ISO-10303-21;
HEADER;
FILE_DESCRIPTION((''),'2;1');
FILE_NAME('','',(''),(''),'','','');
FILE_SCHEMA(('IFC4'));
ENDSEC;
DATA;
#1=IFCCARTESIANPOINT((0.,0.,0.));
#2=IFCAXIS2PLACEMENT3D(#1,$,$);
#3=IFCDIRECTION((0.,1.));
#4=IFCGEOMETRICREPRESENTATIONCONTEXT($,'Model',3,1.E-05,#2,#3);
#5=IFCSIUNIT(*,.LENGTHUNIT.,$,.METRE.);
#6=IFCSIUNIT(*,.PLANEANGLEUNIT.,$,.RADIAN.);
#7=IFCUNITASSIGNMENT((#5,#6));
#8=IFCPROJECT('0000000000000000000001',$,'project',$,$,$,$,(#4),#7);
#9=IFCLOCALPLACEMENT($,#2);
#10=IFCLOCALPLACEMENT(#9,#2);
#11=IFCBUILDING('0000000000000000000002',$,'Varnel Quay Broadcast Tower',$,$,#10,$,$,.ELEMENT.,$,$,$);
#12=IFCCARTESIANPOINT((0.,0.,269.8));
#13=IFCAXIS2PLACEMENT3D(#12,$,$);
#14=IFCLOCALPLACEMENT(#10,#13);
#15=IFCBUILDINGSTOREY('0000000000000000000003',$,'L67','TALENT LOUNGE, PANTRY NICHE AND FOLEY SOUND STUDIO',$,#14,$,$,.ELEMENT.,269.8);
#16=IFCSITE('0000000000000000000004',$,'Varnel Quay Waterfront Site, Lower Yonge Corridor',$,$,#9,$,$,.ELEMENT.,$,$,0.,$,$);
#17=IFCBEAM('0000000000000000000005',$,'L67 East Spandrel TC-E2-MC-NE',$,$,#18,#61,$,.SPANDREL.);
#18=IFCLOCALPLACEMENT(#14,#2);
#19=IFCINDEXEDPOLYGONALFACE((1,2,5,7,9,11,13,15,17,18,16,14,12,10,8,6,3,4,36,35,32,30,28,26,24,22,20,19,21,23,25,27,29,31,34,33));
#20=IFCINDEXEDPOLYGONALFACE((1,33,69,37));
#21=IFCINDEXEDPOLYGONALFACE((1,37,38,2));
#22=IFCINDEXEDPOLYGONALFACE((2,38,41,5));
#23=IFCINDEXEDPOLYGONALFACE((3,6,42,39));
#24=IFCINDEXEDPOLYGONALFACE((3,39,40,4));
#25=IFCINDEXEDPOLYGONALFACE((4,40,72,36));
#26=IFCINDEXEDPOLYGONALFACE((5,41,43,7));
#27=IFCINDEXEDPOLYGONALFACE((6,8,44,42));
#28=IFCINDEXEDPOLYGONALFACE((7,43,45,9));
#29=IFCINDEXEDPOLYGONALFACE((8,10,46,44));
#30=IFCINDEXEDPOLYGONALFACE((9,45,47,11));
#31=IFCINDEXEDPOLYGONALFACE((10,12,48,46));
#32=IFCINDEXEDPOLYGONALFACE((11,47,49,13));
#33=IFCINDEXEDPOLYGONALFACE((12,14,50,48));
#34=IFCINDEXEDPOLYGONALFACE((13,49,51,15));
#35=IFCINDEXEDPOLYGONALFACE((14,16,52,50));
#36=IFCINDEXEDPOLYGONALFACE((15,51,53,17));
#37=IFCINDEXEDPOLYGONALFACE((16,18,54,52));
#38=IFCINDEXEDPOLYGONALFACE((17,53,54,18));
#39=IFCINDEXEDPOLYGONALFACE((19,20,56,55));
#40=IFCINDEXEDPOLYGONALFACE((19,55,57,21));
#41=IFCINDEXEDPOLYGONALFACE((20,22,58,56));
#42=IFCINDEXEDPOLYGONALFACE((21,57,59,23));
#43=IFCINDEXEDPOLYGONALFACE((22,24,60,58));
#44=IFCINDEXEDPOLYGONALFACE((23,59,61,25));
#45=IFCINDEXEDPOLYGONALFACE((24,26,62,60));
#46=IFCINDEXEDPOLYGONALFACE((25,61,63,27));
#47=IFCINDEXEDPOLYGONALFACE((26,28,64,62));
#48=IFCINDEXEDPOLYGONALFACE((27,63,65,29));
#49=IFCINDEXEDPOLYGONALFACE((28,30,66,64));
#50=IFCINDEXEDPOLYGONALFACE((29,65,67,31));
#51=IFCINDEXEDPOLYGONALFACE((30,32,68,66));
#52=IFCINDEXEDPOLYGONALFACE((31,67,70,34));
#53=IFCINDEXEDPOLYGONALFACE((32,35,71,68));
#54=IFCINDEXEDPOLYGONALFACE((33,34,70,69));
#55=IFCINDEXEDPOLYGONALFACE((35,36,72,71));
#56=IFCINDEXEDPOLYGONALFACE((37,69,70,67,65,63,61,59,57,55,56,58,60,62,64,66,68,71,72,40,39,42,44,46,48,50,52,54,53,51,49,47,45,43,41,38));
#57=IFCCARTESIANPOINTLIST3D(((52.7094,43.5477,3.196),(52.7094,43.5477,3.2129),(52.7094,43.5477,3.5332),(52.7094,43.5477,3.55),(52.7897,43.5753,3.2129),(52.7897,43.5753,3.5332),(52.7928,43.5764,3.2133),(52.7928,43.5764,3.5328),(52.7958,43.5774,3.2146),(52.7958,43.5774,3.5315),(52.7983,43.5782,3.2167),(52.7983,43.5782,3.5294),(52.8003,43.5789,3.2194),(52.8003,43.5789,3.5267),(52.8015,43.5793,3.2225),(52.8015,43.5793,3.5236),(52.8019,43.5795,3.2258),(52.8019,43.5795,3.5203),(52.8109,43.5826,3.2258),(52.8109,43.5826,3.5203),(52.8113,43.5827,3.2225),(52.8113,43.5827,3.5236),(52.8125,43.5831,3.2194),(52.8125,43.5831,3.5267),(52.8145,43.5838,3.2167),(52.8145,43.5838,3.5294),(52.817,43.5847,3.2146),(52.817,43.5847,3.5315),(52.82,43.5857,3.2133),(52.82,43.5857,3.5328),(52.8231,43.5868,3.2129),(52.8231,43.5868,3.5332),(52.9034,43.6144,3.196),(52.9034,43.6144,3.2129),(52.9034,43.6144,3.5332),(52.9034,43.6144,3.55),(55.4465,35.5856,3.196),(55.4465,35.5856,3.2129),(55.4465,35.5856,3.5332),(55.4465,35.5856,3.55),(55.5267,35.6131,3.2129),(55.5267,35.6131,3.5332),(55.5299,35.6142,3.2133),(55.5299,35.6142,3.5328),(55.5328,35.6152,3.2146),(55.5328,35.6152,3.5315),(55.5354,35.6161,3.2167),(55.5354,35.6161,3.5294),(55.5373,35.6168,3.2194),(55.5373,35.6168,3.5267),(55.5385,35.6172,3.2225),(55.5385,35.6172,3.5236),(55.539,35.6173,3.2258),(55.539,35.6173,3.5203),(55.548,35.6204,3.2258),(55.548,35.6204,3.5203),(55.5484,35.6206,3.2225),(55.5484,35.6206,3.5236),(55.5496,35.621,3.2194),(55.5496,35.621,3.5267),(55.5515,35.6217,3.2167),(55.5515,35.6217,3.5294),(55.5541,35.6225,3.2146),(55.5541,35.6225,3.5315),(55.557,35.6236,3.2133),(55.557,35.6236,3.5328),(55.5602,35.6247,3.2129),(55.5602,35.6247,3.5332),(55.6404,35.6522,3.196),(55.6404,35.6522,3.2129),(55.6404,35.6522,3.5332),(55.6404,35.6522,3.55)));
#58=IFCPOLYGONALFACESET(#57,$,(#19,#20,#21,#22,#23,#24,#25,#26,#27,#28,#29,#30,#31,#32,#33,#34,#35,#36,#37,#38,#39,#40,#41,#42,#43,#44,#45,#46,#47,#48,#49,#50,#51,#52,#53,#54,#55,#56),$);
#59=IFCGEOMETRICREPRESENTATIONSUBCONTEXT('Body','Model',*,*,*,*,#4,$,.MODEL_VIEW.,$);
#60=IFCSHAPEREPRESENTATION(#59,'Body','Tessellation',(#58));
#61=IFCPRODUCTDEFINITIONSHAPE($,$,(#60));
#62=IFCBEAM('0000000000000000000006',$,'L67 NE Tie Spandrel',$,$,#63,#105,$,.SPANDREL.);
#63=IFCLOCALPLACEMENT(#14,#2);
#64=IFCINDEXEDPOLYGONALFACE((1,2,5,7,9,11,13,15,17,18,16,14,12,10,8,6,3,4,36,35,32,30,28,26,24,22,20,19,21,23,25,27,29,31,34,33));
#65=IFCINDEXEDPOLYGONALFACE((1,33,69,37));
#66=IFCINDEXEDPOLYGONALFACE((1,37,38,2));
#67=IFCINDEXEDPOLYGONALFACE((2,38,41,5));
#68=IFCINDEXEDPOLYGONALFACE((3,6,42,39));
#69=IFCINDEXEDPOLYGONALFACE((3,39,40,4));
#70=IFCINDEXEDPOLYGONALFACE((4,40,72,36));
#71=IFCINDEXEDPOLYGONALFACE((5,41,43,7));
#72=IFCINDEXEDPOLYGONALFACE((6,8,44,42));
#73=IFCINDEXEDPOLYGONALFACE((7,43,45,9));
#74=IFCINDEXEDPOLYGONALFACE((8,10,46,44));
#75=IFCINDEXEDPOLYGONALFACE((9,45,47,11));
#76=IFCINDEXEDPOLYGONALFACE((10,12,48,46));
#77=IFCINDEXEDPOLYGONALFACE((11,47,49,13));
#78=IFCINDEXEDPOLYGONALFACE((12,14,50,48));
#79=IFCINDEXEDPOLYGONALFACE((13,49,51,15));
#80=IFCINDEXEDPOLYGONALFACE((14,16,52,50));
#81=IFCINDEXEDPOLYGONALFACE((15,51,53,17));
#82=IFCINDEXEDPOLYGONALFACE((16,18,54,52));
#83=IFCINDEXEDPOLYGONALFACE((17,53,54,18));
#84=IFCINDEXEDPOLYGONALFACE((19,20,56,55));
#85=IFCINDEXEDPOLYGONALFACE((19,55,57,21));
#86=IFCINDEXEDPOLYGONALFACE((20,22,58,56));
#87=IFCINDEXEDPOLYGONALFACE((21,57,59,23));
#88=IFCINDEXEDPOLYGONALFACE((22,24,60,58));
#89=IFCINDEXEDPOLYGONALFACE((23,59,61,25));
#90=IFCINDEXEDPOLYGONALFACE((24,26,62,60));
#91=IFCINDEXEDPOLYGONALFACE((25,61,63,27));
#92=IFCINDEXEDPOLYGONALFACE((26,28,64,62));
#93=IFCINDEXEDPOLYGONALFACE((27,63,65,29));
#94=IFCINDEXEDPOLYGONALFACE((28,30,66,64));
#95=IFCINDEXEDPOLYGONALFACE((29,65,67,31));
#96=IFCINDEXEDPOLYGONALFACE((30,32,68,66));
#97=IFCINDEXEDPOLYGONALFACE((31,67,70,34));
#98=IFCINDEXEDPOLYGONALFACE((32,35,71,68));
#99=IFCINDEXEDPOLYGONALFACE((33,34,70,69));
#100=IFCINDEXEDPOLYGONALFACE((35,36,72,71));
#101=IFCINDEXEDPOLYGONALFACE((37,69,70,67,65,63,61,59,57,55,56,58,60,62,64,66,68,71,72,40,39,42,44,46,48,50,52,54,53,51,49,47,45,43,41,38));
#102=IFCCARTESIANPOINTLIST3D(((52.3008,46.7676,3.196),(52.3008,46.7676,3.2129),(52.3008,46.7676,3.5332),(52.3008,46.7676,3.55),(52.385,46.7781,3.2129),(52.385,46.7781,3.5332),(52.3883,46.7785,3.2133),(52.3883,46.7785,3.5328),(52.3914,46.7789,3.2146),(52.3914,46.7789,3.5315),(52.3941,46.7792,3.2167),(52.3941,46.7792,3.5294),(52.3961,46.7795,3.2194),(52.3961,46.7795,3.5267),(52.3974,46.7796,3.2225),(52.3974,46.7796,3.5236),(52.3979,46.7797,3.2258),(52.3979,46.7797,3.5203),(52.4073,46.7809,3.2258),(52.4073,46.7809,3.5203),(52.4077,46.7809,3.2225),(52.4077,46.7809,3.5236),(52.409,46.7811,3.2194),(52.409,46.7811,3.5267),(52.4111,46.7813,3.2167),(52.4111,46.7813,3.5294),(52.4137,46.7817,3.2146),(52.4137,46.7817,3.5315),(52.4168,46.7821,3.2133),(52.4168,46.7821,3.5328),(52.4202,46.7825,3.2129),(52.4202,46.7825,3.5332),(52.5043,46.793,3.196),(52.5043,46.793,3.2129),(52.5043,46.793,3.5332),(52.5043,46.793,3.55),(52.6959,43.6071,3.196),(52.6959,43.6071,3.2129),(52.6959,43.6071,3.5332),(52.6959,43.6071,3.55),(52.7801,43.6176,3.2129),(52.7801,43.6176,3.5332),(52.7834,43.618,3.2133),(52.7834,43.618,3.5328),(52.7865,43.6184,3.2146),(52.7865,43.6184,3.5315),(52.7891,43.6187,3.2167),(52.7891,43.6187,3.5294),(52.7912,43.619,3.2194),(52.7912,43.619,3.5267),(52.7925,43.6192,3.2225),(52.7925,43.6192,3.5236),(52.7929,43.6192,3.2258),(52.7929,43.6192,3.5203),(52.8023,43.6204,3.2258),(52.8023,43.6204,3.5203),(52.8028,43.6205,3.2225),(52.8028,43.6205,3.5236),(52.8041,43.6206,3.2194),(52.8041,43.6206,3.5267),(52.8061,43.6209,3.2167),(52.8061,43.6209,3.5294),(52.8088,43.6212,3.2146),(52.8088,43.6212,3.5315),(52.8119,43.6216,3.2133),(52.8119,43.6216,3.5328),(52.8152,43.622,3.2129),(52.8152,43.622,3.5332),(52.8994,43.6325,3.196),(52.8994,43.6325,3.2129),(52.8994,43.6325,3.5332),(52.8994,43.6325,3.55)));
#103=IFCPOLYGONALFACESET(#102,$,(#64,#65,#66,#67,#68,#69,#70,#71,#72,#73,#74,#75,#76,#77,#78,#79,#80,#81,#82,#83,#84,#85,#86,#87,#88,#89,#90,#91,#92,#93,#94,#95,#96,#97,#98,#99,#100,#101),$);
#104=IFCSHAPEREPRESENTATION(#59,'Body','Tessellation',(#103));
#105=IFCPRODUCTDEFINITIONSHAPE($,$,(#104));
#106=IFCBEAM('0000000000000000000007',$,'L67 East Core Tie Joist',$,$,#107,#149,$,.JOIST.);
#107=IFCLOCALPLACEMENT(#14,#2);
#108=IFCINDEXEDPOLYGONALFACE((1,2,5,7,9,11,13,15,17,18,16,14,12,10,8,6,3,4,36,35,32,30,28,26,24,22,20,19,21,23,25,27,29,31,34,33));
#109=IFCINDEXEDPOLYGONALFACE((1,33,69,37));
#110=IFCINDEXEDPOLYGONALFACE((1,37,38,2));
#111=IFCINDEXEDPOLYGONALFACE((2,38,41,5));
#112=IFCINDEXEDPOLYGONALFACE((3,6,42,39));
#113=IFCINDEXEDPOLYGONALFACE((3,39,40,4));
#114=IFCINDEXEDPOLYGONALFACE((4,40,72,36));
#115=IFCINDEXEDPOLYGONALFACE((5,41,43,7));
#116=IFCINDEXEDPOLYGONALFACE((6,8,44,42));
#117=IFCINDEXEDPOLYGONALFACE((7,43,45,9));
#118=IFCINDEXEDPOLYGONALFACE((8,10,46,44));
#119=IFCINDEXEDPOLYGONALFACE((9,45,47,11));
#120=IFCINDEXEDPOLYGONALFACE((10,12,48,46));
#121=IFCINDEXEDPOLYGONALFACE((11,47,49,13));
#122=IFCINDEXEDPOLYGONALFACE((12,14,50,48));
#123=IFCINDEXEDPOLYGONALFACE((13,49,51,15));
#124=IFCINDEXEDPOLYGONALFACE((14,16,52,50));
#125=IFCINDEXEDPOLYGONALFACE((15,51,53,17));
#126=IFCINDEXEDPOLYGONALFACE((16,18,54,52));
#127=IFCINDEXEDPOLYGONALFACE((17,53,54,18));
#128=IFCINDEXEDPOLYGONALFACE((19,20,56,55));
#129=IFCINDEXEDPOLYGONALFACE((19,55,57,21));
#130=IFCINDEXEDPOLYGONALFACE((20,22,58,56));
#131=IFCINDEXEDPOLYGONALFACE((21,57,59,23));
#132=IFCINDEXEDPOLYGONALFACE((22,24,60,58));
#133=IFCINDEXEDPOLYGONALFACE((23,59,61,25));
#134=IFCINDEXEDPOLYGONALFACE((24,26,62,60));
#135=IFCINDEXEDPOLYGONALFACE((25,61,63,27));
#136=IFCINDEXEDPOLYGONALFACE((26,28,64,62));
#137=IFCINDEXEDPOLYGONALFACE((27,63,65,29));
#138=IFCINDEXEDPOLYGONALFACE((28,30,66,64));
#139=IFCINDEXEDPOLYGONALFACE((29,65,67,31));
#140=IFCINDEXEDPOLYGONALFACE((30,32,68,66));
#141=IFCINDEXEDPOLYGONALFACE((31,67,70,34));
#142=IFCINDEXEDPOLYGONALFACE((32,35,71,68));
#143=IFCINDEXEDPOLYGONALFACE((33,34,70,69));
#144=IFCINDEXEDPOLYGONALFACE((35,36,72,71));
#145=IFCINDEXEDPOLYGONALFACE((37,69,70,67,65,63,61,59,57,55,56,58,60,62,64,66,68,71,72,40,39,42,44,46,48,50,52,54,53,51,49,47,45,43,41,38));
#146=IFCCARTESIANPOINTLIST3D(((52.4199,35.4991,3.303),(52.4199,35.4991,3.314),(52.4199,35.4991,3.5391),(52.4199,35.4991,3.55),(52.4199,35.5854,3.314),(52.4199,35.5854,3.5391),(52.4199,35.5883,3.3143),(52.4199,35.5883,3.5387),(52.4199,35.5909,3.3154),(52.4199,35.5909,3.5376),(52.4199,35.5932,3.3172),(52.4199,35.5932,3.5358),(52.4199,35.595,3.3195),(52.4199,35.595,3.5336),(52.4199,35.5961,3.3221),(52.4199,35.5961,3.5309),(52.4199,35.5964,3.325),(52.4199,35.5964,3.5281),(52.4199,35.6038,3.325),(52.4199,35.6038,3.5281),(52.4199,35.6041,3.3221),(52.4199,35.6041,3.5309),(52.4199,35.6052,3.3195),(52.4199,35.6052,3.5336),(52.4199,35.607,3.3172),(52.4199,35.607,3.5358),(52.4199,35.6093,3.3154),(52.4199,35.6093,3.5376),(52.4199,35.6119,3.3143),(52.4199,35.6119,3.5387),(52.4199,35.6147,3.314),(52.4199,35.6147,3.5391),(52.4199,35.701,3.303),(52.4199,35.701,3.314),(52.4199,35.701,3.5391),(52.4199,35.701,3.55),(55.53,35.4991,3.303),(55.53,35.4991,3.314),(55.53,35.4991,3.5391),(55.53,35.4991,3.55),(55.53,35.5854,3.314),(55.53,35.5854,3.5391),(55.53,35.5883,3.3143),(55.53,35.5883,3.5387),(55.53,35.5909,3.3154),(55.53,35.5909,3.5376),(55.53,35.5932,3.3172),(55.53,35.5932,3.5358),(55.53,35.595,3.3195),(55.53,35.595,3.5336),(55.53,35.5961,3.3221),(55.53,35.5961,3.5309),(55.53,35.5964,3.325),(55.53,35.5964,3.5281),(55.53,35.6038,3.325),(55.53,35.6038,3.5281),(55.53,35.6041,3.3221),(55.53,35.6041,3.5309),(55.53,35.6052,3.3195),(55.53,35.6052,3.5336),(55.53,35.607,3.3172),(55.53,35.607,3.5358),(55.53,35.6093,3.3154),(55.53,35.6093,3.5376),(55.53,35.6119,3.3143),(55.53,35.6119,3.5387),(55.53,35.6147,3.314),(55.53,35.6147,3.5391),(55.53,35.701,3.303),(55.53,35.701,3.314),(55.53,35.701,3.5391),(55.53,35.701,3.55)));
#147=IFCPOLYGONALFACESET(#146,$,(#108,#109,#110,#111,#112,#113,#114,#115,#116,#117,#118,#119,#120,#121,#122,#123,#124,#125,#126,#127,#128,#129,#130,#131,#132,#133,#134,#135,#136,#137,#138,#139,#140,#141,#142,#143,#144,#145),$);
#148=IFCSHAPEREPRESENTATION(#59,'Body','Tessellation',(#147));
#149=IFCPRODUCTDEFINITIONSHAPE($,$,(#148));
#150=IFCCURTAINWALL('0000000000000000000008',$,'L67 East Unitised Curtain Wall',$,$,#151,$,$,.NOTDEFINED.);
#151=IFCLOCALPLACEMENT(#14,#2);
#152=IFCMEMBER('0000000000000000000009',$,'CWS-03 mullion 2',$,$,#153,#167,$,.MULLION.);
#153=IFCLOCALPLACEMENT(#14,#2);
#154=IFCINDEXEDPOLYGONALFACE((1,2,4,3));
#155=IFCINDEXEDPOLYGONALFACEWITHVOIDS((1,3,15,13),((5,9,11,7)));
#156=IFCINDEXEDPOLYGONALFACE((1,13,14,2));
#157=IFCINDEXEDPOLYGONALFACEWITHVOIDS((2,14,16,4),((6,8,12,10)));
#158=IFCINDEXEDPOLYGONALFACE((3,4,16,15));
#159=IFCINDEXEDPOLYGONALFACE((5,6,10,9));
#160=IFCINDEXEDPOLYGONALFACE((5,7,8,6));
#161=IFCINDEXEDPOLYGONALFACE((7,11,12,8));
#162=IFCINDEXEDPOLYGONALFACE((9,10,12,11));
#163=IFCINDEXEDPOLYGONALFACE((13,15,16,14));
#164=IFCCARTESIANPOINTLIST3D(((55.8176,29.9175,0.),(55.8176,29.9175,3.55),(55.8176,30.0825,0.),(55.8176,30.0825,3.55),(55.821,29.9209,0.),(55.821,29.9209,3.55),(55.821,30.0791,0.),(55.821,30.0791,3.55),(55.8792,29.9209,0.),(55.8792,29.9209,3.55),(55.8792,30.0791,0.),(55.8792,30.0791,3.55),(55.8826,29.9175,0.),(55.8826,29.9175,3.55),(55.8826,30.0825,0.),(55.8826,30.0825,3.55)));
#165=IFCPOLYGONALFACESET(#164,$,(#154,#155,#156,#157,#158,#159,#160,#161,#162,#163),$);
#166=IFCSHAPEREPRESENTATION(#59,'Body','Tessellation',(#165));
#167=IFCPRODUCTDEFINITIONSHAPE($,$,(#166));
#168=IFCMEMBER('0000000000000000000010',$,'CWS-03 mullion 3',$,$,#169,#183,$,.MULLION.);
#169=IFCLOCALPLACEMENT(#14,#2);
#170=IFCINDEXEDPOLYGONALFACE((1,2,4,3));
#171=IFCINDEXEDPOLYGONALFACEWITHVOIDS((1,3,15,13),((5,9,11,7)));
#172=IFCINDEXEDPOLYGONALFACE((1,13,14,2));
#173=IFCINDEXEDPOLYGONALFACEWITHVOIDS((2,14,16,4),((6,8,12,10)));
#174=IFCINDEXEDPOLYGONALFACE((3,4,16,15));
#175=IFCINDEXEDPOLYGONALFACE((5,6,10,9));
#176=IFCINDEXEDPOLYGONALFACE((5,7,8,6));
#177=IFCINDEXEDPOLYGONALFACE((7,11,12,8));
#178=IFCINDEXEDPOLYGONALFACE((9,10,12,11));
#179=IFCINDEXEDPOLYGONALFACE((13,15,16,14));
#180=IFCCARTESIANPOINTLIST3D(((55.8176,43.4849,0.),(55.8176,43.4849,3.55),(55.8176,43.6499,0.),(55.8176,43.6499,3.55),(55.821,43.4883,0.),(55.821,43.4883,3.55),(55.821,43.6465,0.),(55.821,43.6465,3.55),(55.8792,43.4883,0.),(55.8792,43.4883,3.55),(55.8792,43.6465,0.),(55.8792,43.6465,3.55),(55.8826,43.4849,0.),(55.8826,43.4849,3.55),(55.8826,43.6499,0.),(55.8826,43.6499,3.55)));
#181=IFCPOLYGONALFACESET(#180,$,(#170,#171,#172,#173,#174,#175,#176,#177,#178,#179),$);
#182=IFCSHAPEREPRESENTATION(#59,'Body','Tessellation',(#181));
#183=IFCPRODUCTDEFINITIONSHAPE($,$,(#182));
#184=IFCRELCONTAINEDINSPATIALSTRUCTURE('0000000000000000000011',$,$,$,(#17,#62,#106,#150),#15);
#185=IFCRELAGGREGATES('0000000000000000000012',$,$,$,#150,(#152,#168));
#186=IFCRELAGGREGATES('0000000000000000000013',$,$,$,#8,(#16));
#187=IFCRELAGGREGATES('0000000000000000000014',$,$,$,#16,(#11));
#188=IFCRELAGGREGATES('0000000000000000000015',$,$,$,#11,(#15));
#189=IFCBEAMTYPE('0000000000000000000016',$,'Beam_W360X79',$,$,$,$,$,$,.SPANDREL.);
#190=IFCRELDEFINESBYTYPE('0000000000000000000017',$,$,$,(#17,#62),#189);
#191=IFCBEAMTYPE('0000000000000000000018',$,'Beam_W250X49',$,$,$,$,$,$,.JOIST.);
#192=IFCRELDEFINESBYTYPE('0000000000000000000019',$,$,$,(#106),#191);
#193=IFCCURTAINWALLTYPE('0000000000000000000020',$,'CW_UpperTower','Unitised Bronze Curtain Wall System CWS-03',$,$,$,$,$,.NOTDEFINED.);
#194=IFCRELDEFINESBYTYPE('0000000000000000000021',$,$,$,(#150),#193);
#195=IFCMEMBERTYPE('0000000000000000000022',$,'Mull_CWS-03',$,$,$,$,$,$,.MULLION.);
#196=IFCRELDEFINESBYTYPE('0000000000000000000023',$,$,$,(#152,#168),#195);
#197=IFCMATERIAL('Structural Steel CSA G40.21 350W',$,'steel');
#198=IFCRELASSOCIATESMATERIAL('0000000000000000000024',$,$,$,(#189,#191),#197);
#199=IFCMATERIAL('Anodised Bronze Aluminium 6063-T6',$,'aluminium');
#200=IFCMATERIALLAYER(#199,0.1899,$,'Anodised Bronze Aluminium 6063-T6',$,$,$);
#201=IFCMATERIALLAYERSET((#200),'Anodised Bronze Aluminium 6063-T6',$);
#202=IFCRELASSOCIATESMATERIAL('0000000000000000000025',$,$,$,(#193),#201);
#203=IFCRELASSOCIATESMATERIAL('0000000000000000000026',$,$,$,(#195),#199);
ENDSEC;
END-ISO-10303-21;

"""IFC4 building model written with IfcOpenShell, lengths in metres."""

from ifc_helpers import new_model, si_unit, direction, frame, origin, origin_2d, place, context, subcontext, project, spatial, hollow_rectangle, i_section, extrude, source, transform, mapped, material, layer, layer_set, material_profile, profile_set, type_object, type_shapes, element, aggregate, save


model = new_model("IFC4")

# Units and contexts
model_context = context("Model", 3, precision=1e-05, world=origin(), true_north=direction((0.0, 1.0)))
body_context = subcontext(model_context, "Body", "Model", "MODEL_VIEW")
ifc_project = project(units=[si_unit("LENGTHUNIT", "METRE"), si_unit("PLANEANGLEUNIT", "RADIAN")], contexts=[model_context])

# Site, building, storey
site_placement = place(None, origin())
site = spatial("IfcSite", under=ifc_project, at=site_placement, Name="Varnel Quay Waterfront Site, Lower Yonge Corridor", CompositionType="ELEMENT", RefElevation=0.0)
building_placement = place(site_placement, origin())
building = spatial("IfcBuilding", under=site, at=building_placement, Name="Varnel Quay Broadcast Tower", CompositionType="ELEMENT")
storey_placement = place(building_placement, frame((0.0, 0.0, 269.8)))
storey = spatial("IfcBuildingStorey", under=building, at=storey_placement, Name="L67", Description="TALENT LOUNGE, PANTRY NICHE AND FOLEY SOUND STUDIO", CompositionType="ELEMENT", Elevation=269.8)

# Shared definitions
ifc_material_1 = material(Name="Structural Steel CSA G40.21 350W", Category="steel")

# Beams
ifc_material_profile_1 = material_profile(ifc_material_1, i_section(OverallWidth=0.2051, OverallDepth=0.354, WebThickness=0.0095, FlangeThickness=0.0168, FilletRadius=0.0129, at=origin_2d()), Name="W360X79")
ifc_profile_set_1 = profile_set([ifc_material_profile_1], Name="Structural Steel CSA G40.21 350W")
beam_type_1 = type_object("IfcBeamType", Name="Beam_W360X79", PredefinedType="SPANDREL", material=ifc_profile_set_1)
shared_shape_1 = source(origin(), body_context, "Body", "SweptSolid", [
    extrude(i_section(OverallWidth=0.2051, OverallDepth=0.354, WebThickness=0.0095, FlangeThickness=0.0168, FilletRadius=0.0129, at=origin_2d()), origin(), (0.0, 0.0, 1.0), 8.4194),
])
beam_1_placement = place(storey_placement, frame((55.5435, 35.6189, 3.373), z_axis=(-0.325087, 0.945684, 0.0), x_axis=(-0.945684, -0.325087, 0.0)))
element("IfcBeam", 1, at=beam_1_placement, inside=storey, type_object=beam_type_1, Name="L67 East Spandrel TC-E2-MC-NE", PredefinedType="SPANDREL", context=body_context, shape_type="MappedRepresentation", body=[
    mapped(shared_shape_1, transform((0.0, 0.0, 0.0), x_axis=(1.0, 0.0, 0.0), y_axis=(0.0, 1.0, 0.0), z_axis=(0.0, 0.0, 1.0), scale=1.0)),
])
shared_shape_2 = source(origin(), body_context, "Body", "SweptSolid", [
    extrude(i_section(OverallWidth=0.2051, OverallDepth=0.354, WebThickness=0.0095, FlangeThickness=0.0168, FilletRadius=0.0129, at=origin_2d()), origin(), (0.0, 0.0, 1.0), 3.1851),
])
type_shapes(beam_type_1, [shared_shape_1, shared_shape_2])
beam_2_placement = place(storey_placement, frame((52.4026, 46.7803, 3.373), z_axis=(0.124025, -0.992279, 0.0), x_axis=(0.992279, 0.124025, 0.0)))
element("IfcBeam", 2, at=beam_2_placement, inside=storey, type_object=beam_type_1, Name="L67 NE Tie Spandrel", PredefinedType="SPANDREL", context=body_context, shape_type="MappedRepresentation", body=[
    mapped(shared_shape_2, transform((0.0, 0.0, 0.0), x_axis=(1.0, 0.0, 0.0), y_axis=(0.0, 1.0, 0.0), z_axis=(0.0, 0.0, 1.0), scale=1.0)),
])
ifc_material_profile_2 = material_profile(ifc_material_1, i_section(OverallWidth=0.2019, OverallDepth=0.2471, WebThickness=0.0073, FlangeThickness=0.011, FilletRadius=0.011, at=origin_2d()), Name="W250X49")
ifc_profile_set_2 = profile_set([ifc_material_profile_2], Name="Structural Steel CSA G40.21 350W")
beam_type_2 = type_object("IfcBeamType", Name="Beam_W250X49", PredefinedType="JOIST", material=ifc_profile_set_2)
shared_shape_3 = source(origin(), body_context, "Body", "SweptSolid", [
    extrude(i_section(OverallWidth=0.2019, OverallDepth=0.2471, WebThickness=0.0073, FlangeThickness=0.011, FilletRadius=0.011, at=origin_2d()), origin(), (0.0, 0.0, 1.0), 3.1101),
])
type_shapes(beam_type_2, [shared_shape_3])
beam_3_placement = place(storey_placement, frame((52.4199, 35.6001, 3.4265), z_axis=(1.0, 0.0, 0.0), x_axis=(0.0, 1.0, 0.0)))
element("IfcBeam", 3, at=beam_3_placement, inside=storey, type_object=beam_type_2, Name="L67 East Core Tie Joist", PredefinedType="JOIST", context=body_context, shape_type="MappedRepresentation", body=[
    mapped(shared_shape_3, transform((0.0, 0.0, 0.0), x_axis=(1.0, 0.0, 0.0), y_axis=(0.0, 1.0, 0.0), z_axis=(0.0, 0.0, 1.0), scale=1.0)),
])

# Curtain wall, members
ifc_material_2 = material(Name="Anodised Bronze Aluminium 6063-T6", Category="aluminium")
ifc_layer_1 = layer(ifc_material_2, 0.1899, Name="Anodised Bronze Aluminium 6063-T6")
ifc_layer_set_1 = layer_set([ifc_layer_1], Name="Anodised Bronze Aluminium 6063-T6")
curtain_wall_type = type_object("IfcCurtainWallType", Name="CW_UpperTower", Description="Unitised Bronze Curtain Wall System CWS-03", PredefinedType="NOTDEFINED", material=ifc_layer_set_1)
curtain_wall_placement = place(storey_placement, origin())
curtain_wall = element("IfcCurtainWall", 4, at=curtain_wall_placement, inside=storey, type_object=curtain_wall_type, Name="L67 East Unitised Curtain Wall", PredefinedType="NOTDEFINED")
ifc_material_profile_3 = material_profile(ifc_material_2, hollow_rectangle(XDim=0.0649, YDim=0.165, WallThickness=0.0034, at=origin_2d()), Name="ALU65X165X3.5")
ifc_profile_set_3 = profile_set([ifc_material_profile_3], Name="Anodised Bronze Aluminium 6063-T6")
member_type_1 = type_object("IfcMemberType", Name="Mull_CWS-03", PredefinedType="MULLION", material=ifc_profile_set_3)
shared_shape_4 = source(origin(), body_context, "Body", "SweptSolid", [
    extrude(hollow_rectangle(XDim=0.0649, YDim=0.165, WallThickness=0.0034, at=origin_2d()), origin(), (0.0, 0.0, 1.0), 3.55),
])
type_shapes(member_type_1, [shared_shape_4])
member_1_placement = place(storey_placement, frame((55.8501, 30.0, 0.0), z_axis=(0.0, 0.0, 1.0), x_axis=(-1.0, 0.0, 0.0)))
member_1 = element("IfcMember", 5, at=member_1_placement, type_object=member_type_1, Name="CWS-03 mullion 2", PredefinedType="MULLION", context=body_context, shape_type="MappedRepresentation", body=[
    mapped(shared_shape_4, transform((0.0, 0.0, 0.0), x_axis=(1.0, 0.0, 0.0), y_axis=(0.0, 1.0, 0.0), z_axis=(0.0, 0.0, 1.0), scale=1.0)),
])
member_2_placement = place(storey_placement, frame((55.8501, 43.5674, 0.0), z_axis=(0.0, 0.0, 1.0), x_axis=(-1.0, 0.0, 0.0)))
member_2 = element("IfcMember", 6, at=member_2_placement, type_object=member_type_1, Name="CWS-03 mullion 3", PredefinedType="MULLION", context=body_context, shape_type="MappedRepresentation", body=[
    mapped(shared_shape_4, transform((0.0, 0.0, 0.0), x_axis=(1.0, 0.0, 0.0), y_axis=(0.0, 1.0, 0.0), z_axis=(0.0, 0.0, 1.0), scale=1.0)),
])

aggregate(curtain_wall, [member_1, member_2])

save(model, "model.ifc")
